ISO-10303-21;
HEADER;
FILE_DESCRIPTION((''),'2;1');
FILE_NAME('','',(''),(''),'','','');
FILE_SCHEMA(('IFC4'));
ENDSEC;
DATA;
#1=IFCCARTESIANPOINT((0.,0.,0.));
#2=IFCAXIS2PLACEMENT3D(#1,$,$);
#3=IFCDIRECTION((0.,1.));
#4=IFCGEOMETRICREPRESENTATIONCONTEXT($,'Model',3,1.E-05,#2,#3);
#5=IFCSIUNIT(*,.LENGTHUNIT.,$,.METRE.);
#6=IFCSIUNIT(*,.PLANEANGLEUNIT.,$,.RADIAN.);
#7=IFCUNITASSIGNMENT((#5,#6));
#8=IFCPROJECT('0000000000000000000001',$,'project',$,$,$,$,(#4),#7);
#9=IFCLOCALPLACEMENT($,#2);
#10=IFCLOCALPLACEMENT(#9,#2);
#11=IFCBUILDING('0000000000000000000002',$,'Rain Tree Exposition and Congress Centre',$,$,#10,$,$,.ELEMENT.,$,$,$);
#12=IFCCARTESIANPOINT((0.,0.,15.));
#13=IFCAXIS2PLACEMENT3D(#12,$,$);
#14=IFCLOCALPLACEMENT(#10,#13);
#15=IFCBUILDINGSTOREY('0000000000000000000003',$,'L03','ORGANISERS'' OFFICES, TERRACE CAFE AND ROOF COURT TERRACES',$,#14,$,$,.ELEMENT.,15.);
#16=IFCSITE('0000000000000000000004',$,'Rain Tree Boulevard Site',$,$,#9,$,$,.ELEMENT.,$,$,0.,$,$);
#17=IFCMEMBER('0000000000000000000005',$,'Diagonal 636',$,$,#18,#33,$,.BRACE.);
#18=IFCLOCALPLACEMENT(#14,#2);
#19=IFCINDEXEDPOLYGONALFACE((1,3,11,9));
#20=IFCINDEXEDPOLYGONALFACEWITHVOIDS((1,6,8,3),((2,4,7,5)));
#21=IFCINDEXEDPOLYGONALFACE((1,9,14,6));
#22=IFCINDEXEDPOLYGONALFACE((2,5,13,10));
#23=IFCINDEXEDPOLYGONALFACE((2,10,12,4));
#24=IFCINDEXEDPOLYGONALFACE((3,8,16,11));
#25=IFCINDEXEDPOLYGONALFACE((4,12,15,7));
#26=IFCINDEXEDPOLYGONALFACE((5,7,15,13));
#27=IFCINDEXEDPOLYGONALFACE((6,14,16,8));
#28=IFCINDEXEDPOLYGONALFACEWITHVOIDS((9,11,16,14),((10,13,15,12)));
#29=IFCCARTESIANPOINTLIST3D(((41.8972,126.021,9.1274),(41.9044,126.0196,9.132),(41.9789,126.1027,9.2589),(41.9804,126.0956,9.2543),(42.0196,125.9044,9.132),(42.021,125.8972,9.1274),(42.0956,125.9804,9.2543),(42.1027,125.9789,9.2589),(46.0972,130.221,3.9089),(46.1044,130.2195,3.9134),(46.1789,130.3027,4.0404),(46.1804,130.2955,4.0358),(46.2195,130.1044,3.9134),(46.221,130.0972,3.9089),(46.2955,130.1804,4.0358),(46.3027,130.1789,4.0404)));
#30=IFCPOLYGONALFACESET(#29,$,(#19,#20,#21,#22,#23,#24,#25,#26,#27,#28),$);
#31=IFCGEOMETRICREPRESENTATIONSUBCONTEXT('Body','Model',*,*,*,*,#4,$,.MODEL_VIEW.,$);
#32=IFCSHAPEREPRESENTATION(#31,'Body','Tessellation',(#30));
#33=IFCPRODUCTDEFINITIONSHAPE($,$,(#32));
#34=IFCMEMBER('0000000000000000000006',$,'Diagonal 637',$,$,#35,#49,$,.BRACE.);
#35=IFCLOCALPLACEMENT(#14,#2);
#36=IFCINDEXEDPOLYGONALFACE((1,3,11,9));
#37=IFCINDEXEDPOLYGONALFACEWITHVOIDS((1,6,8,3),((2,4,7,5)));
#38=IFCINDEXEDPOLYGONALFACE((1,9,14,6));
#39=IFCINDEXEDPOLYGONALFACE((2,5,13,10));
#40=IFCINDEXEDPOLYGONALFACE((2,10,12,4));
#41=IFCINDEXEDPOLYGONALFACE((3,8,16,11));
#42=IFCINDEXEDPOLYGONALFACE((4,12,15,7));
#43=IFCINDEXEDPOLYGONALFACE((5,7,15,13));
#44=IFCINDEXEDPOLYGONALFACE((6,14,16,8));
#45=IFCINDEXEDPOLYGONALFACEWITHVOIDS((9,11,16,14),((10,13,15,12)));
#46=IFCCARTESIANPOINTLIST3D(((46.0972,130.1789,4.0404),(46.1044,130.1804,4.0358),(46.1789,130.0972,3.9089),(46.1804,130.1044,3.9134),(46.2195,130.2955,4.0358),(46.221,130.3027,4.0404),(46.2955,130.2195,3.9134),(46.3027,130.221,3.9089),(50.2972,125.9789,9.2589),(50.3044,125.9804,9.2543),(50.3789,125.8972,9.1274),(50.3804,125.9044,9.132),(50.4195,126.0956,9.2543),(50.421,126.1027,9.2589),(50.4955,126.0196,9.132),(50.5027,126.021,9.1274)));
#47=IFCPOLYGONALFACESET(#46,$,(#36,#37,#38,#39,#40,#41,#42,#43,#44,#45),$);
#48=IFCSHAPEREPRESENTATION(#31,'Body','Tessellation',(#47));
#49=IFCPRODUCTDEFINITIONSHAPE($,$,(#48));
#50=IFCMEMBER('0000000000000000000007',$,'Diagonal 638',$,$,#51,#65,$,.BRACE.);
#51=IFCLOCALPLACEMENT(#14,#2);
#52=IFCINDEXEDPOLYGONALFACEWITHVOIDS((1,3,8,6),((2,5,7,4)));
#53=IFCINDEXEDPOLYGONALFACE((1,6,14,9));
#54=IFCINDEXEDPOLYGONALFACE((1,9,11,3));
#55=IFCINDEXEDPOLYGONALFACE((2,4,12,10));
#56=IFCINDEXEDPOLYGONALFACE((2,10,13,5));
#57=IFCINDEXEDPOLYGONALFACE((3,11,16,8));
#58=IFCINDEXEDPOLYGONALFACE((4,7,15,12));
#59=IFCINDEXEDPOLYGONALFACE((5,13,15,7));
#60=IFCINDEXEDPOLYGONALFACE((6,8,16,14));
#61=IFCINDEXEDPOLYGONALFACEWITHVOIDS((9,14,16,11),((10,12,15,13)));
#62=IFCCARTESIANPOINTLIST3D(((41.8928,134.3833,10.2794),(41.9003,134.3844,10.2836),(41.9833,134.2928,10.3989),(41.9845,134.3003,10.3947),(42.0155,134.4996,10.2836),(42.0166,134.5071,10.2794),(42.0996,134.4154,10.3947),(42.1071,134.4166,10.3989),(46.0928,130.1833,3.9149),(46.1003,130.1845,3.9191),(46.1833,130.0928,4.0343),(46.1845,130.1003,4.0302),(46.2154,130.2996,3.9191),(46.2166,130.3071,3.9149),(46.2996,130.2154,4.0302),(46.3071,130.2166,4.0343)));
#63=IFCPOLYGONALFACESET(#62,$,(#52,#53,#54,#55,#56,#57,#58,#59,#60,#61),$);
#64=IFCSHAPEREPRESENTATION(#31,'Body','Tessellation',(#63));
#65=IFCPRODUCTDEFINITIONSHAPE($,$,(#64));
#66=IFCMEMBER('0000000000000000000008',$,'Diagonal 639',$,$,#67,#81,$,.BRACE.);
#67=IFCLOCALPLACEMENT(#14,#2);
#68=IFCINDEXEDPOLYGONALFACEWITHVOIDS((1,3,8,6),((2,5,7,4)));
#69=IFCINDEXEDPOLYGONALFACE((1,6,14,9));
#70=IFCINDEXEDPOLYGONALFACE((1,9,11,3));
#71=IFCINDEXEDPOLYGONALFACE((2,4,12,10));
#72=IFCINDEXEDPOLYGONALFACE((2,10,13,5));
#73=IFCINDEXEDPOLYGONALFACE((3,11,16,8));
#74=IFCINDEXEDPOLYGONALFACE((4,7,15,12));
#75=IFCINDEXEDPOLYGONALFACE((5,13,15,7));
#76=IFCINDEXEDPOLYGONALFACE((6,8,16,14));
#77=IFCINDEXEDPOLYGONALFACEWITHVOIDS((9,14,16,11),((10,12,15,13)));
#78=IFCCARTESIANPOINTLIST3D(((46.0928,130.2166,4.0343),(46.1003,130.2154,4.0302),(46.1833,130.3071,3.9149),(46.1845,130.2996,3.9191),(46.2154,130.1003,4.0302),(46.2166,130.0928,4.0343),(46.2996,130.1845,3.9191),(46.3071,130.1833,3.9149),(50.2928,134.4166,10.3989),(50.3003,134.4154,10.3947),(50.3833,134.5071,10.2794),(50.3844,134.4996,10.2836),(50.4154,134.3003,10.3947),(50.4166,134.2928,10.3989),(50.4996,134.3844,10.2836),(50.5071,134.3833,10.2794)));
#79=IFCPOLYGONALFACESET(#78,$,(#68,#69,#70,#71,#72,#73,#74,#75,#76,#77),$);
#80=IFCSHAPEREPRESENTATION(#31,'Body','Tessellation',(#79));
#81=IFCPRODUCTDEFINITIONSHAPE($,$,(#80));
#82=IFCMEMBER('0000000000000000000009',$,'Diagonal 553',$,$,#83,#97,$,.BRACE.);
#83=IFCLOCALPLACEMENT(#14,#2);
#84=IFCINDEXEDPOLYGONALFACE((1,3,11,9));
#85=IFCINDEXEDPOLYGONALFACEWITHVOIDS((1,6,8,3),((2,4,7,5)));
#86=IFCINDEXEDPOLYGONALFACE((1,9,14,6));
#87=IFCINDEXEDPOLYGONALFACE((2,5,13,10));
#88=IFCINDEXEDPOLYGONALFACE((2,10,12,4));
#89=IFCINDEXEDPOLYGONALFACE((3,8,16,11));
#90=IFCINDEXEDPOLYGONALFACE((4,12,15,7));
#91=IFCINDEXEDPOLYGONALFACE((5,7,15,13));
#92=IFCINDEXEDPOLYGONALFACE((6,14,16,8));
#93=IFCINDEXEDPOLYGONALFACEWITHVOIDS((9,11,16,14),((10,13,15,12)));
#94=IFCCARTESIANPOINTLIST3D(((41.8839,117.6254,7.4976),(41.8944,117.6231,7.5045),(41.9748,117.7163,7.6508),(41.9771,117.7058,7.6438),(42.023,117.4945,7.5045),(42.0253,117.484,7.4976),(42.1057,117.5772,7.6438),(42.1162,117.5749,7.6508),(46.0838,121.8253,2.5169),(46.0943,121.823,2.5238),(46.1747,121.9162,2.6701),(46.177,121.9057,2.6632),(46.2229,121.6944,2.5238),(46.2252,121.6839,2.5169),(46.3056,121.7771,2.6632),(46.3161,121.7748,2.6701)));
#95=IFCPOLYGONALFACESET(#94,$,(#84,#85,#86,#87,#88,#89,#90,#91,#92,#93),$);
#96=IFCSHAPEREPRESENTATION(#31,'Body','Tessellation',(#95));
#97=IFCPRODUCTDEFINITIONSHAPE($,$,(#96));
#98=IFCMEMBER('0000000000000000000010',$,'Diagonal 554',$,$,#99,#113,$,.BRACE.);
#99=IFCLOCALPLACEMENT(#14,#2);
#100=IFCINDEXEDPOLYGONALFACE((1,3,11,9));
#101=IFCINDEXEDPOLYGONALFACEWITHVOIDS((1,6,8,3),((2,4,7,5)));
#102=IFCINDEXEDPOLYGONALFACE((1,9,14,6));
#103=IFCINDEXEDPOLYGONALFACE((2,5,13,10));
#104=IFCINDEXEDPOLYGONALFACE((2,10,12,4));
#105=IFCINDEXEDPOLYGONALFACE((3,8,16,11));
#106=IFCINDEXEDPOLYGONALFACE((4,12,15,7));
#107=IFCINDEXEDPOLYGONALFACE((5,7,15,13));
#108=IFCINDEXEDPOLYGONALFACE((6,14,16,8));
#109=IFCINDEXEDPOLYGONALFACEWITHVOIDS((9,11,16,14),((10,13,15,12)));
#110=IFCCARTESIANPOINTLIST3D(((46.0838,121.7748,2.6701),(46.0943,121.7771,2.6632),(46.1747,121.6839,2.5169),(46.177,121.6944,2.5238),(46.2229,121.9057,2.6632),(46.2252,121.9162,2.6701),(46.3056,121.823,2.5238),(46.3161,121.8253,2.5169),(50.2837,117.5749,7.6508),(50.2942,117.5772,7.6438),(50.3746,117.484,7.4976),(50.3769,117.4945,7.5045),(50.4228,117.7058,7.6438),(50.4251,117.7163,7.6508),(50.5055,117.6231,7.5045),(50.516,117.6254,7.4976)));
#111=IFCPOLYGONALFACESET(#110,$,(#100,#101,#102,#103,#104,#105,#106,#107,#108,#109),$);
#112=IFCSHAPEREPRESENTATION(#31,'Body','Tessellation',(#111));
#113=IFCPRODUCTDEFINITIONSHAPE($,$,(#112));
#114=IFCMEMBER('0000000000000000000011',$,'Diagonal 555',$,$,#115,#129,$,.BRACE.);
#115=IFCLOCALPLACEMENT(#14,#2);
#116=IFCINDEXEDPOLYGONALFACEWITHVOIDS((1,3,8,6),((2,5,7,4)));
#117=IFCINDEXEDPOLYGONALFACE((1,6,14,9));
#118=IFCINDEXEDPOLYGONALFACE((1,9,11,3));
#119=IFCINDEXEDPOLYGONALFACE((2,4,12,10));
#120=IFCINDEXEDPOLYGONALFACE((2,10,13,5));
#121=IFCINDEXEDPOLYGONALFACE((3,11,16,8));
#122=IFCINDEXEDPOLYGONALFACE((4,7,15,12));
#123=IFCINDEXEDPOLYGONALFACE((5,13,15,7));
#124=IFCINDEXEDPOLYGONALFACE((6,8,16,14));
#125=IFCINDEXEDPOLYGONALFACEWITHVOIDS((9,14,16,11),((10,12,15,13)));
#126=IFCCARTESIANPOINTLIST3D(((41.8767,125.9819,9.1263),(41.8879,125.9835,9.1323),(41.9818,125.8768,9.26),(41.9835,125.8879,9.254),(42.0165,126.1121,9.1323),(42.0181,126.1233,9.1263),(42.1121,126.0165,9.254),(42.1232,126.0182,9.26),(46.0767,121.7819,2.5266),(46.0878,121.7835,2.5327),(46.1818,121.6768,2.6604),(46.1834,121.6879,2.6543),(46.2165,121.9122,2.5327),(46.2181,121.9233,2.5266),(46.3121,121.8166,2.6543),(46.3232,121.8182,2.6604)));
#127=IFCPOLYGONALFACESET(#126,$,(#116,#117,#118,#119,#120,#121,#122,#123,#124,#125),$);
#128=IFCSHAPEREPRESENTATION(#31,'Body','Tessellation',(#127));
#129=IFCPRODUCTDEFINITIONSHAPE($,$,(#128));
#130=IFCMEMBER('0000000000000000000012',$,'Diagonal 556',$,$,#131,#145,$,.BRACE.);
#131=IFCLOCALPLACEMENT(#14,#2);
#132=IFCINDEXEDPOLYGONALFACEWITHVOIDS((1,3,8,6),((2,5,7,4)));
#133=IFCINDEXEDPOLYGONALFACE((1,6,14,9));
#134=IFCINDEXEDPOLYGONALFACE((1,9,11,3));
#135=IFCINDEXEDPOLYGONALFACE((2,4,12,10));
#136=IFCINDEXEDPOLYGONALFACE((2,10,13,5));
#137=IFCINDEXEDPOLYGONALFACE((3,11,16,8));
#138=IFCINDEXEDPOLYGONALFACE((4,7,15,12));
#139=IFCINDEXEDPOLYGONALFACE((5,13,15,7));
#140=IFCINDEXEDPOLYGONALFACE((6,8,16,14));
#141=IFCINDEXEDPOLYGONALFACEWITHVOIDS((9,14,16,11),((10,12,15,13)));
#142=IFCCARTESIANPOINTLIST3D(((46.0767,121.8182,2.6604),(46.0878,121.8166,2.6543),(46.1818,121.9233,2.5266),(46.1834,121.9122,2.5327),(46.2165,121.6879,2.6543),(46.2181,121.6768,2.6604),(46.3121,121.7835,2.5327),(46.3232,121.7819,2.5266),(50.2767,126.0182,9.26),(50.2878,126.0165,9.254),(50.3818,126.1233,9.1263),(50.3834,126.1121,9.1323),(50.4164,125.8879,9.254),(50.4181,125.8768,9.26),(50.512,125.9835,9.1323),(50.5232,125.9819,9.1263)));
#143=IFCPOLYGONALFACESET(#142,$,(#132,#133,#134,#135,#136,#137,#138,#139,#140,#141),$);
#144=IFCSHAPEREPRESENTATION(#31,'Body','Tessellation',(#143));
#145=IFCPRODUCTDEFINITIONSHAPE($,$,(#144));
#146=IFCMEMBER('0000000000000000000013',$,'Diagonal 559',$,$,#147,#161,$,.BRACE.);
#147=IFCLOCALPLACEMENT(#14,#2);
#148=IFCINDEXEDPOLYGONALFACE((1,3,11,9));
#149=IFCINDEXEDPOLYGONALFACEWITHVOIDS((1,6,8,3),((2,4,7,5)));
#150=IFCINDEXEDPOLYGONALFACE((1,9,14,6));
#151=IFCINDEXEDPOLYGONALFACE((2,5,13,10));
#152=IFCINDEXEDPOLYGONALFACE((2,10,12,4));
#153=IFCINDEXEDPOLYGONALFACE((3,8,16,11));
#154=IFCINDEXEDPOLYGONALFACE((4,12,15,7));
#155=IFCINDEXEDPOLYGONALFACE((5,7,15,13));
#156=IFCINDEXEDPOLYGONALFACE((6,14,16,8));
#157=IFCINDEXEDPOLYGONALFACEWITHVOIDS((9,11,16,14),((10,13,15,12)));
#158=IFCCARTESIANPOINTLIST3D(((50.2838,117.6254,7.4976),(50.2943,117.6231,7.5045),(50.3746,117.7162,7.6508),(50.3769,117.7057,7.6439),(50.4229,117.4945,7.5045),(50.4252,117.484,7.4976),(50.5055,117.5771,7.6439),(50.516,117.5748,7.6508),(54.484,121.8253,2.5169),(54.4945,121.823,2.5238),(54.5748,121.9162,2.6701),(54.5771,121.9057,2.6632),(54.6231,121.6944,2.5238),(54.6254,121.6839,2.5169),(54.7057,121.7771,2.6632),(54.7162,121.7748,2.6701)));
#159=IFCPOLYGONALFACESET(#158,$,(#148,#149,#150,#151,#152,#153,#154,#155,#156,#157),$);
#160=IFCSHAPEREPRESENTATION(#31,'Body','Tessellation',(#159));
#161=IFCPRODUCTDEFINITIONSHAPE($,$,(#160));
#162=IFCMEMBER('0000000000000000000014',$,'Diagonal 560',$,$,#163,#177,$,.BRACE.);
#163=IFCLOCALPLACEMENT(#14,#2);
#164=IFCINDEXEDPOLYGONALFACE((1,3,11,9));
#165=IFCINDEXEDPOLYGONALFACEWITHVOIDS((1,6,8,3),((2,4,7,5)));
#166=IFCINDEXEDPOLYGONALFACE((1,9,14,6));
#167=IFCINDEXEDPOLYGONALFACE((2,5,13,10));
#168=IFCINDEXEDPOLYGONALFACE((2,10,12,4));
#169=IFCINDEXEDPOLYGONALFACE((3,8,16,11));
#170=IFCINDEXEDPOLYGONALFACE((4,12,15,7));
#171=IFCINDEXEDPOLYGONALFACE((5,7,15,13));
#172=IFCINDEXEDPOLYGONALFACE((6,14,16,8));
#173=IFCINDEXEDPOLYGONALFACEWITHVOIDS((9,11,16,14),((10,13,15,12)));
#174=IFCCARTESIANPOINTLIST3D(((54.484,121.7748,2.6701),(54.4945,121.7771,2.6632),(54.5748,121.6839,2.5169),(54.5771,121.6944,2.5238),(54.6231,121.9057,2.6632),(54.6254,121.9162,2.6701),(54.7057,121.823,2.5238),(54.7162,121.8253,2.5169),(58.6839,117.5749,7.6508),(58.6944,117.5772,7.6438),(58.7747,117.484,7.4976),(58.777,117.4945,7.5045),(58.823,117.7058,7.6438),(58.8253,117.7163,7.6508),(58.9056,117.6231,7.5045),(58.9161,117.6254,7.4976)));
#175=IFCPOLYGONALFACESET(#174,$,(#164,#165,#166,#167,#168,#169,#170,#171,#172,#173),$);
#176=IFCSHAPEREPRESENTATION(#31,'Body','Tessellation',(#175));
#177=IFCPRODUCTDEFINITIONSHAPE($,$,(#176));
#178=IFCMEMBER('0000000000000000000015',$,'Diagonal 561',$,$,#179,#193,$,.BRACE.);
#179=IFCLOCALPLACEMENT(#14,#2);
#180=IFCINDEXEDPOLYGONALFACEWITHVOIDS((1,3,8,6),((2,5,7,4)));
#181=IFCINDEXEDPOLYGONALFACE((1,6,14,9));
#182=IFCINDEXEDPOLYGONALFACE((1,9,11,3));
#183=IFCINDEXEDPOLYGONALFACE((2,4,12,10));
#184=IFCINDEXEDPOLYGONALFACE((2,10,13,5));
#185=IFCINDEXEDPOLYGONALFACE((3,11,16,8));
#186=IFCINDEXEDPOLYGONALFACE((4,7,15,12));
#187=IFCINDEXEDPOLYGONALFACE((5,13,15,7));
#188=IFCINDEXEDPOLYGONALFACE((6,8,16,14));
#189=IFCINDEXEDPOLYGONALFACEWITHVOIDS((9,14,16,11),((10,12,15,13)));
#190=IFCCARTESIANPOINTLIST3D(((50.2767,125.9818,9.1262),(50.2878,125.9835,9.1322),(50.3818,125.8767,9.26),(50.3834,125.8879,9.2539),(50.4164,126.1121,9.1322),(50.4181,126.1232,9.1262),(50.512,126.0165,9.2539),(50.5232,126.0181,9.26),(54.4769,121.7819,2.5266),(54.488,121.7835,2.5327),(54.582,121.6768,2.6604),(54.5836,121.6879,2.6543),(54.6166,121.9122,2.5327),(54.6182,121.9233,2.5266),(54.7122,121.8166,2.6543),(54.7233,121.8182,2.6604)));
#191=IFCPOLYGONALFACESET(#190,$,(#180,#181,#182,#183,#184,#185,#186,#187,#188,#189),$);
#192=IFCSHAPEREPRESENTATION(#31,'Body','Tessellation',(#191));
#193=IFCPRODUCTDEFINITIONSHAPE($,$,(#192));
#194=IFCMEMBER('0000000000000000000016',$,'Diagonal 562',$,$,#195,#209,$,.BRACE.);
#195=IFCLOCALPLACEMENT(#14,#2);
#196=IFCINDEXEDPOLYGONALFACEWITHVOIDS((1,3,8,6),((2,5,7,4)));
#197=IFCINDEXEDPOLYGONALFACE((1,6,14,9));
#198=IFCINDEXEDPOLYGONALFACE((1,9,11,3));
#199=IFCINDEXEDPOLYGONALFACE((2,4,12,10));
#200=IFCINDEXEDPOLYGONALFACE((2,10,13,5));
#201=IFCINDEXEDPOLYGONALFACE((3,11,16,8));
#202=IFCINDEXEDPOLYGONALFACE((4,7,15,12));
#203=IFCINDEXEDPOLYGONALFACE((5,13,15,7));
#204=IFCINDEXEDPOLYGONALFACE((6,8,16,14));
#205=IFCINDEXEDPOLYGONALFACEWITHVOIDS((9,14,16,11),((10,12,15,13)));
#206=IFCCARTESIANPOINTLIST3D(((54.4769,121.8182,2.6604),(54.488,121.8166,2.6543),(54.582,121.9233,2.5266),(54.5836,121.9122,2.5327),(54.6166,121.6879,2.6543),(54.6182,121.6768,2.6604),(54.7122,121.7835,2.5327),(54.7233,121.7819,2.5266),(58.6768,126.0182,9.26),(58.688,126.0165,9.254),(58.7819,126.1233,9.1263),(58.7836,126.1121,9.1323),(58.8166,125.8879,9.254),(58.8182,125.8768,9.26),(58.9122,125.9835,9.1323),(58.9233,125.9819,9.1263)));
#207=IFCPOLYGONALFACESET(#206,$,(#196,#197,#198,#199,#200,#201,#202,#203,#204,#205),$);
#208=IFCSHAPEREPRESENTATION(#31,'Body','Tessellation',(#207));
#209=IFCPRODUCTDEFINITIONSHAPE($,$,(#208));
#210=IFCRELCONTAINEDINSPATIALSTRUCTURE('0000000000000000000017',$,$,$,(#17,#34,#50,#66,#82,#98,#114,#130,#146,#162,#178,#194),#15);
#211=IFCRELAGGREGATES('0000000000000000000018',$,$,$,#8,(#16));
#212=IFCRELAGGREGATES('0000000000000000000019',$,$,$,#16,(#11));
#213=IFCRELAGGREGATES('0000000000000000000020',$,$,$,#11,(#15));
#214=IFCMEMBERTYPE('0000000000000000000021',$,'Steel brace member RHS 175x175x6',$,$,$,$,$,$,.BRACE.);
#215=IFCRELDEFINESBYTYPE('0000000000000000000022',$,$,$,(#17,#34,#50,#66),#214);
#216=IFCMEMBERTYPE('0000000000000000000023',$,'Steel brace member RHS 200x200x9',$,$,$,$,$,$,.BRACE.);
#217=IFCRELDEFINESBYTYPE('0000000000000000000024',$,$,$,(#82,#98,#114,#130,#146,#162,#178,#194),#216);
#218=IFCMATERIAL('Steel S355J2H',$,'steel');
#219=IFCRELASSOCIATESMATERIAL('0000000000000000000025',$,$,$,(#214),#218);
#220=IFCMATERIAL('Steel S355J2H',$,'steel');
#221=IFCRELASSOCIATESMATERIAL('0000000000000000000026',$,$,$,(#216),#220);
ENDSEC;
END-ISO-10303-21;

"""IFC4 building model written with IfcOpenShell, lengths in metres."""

from ifc_helpers import new_model, si_unit, direction, frame, origin, origin_2d, place, context, subcontext, project, spatial, hollow_rectangle, extrude, material, material_profile, profile_set, type_object, element, save


model = new_model("IFC4")

# Units and contexts
model_context = context("Model", 3, precision=1e-05, world=origin(), true_north=direction((0.0, 1.0)))
body_context = subcontext(model_context, "Body", "Model", "MODEL_VIEW")
ifc_project = project(units=[si_unit("LENGTHUNIT", "METRE"), si_unit("PLANEANGLEUNIT", "RADIAN")], contexts=[model_context])

# Site, building, storey
site_placement = place(None, origin())
site = spatial("IfcSite", under=ifc_project, at=site_placement, Name="Rain Tree Boulevard Site", CompositionType="ELEMENT", RefElevation=0.0)
building_placement = place(site_placement, origin())
building = spatial("IfcBuilding", under=site, at=building_placement, Name="Rain Tree Exposition and Congress Centre", CompositionType="ELEMENT")
storey_placement = place(building_placement, frame((0.0, 0.0, 15.0)))
storey = spatial("IfcBuildingStorey", under=building, at=storey_placement, Name="L03", Description="ORGANISERS' OFFICES, TERRACE CAFE AND ROOF COURT TERRACES", CompositionType="ELEMENT", Elevation=15.0)

# Members
ifc_material_1 = material(Name="Steel S355J2H", Category="steel")
ifc_material_profile_1 = material_profile(ifc_material_1, hollow_rectangle(XDim=0.175, YDim=0.175, WallThickness=0.0061, at=origin_2d()), Name="RHS 175x175x6")
ifc_profile_set_1 = profile_set([ifc_material_profile_1], Name="Steel S355J2H")
member_type_1 = type_object("IfcMemberType", Name="Steel brace member RHS 175x175x6", PredefinedType="BRACE", material=ifc_profile_set_1)
for number, where, z_axis, x_axis, name in (
    (1, (46.2, 130.2, 3.9746), (-0.531206, -0.531206, 0.660031), (0.707107, -0.707107, 0.0), "Diagonal 636"),
    (2, (46.2, 130.2, 3.9746), (0.531206, -0.531206, 0.660031), (0.707107, 0.707107, 0.0), "Diagonal 637"),
):
    element("IfcMember", number, at=place(storey_placement, frame(where, z_axis=z_axis, x_axis=x_axis)), inside=storey, type_object=member_type_1, Name=name, PredefinedType="BRACE", context=body_context, shape_type="SweptSolid", body=[
        extrude(hollow_rectangle(XDim=0.175, YDim=0.175, WallThickness=0.0061, at=origin_2d()), origin(), (0.0, 0.0, 1.0), 7.9065),
    ])
for number, where, z_axis, x_axis, name in (
    (3, (46.2, 130.2, 3.9746), (-0.482447, 0.482447, 0.731088), (-0.707107, -0.707107, 0.0), "Diagonal 638"),
    (4, (46.2, 130.2, 3.9746), (0.482447, 0.482447, 0.731088), (-0.707107, 0.707107, 0.0), "Diagonal 639"),
):
    element("IfcMember", number, at=place(storey_placement, frame(where, z_axis=z_axis, x_axis=x_axis)), inside=storey, type_object=member_type_1, Name=name, PredefinedType="BRACE", context=body_context, shape_type="SweptSolid", body=[
        extrude(hollow_rectangle(XDim=0.175, YDim=0.175, WallThickness=0.0061, at=origin_2d()), origin(), (0.0, 0.0, 1.0), 8.7056),
    ])
ifc_material_2 = material(Name="Steel S355J2H", Category="steel")
ifc_material_profile_2 = material_profile(ifc_material_2, hollow_rectangle(XDim=0.2, YDim=0.2, WallThickness=0.009, at=origin_2d()), Name="RHS 200x200x9")
ifc_profile_set_2 = profile_set([ifc_material_profile_2], Name="Steel S355J2H")
member_type_2 = type_object("IfcMemberType", Name="Steel brace member RHS 200x200x9", PredefinedType="BRACE", material=ifc_profile_set_2)
for number, where, z_axis, x_axis, name in (
    (5, (46.2, 121.8, 2.5935), (-0.54182, -0.54182, 0.642543), (0.707107, -0.707107, 0.0), "Diagonal 553"),
    (6, (46.2, 121.8, 2.5935), (0.54182, -0.54182, 0.642543), (0.707107, 0.707107, 0.0), "Diagonal 554"),
):
    element("IfcMember", number, at=place(storey_placement, frame(where, z_axis=z_axis, x_axis=x_axis)), inside=storey, type_object=member_type_2, Name=name, PredefinedType="BRACE", context=body_context, shape_type="SweptSolid", body=[
        extrude(hollow_rectangle(XDim=0.2, YDim=0.2, WallThickness=0.009, at=origin_2d()), origin(), (0.0, 0.0, 1.0), 7.7515),
    ])
for number, where, z_axis, x_axis, name in (
    (7, (46.2, 121.8, 2.5935), (-0.473029, 0.473029, 0.743295), (-0.707107, -0.707107, 0.0), "Diagonal 555"),
    (8, (46.2, 121.8, 2.5935), (0.473029, 0.473029, 0.743295), (-0.707107, 0.707107, 0.0), "Diagonal 556"),
):
    element("IfcMember", number, at=place(storey_placement, frame(where, z_axis=z_axis, x_axis=x_axis)), inside=storey, type_object=member_type_2, Name=name, PredefinedType="BRACE", context=body_context, shape_type="SweptSolid", body=[
        extrude(hollow_rectangle(XDim=0.2, YDim=0.2, WallThickness=0.009, at=origin_2d()), origin(), (0.0, 0.0, 1.0), 8.8789),
    ])
member_1_placement = place(storey_placement, frame((54.6001, 121.8, 2.5935), z_axis=(-0.541842, -0.541811, 0.642532), x_axis=(0.707086, -0.707127, 0.0)))
element("IfcMember", 9, at=member_1_placement, inside=storey, type_object=member_type_2, Name="Diagonal 559", PredefinedType="BRACE", context=body_context, shape_type="SweptSolid", body=[
    extrude(hollow_rectangle(XDim=0.2, YDim=0.2, WallThickness=0.009, at=origin_2d()), origin(), (0.0, 0.0, 1.0), 7.7517),
])
member_2_placement = place(storey_placement, frame((54.6001, 121.8, 2.5935), z_axis=(0.54182, -0.54182, 0.642543), x_axis=(0.707107, 0.707107, 0.0)))
element("IfcMember", 10, at=member_2_placement, inside=storey, type_object=member_type_2, Name="Diagonal 560", PredefinedType="BRACE", context=body_context, shape_type="SweptSolid", body=[
    extrude(hollow_rectangle(XDim=0.2, YDim=0.2, WallThickness=0.009, at=origin_2d()), origin(), (0.0, 0.0, 1.0), 7.7515),
])
for number, where, z_axis, x_axis, name in (
    (11, (54.6001, 121.8, 2.5935), (-0.47305, 0.473022, 0.743286), (-0.707086, -0.707127, 0.0), "Diagonal 561"),
    (12, (54.6001, 121.8, 2.5935), (0.473029, 0.473029, 0.743295), (-0.707107, 0.707107, 0.0), "Diagonal 562"),
):
    element("IfcMember", number, at=place(storey_placement, frame(where, z_axis=z_axis, x_axis=x_axis)), inside=storey, type_object=member_type_2, Name=name, PredefinedType="BRACE", context=body_context, shape_type="SweptSolid", body=[
        extrude(hollow_rectangle(XDim=0.2, YDim=0.2, WallThickness=0.009, at=origin_2d()), origin(), (0.0, 0.0, 1.0), 8.8789),
    ])

save(model, "model.ifc")
